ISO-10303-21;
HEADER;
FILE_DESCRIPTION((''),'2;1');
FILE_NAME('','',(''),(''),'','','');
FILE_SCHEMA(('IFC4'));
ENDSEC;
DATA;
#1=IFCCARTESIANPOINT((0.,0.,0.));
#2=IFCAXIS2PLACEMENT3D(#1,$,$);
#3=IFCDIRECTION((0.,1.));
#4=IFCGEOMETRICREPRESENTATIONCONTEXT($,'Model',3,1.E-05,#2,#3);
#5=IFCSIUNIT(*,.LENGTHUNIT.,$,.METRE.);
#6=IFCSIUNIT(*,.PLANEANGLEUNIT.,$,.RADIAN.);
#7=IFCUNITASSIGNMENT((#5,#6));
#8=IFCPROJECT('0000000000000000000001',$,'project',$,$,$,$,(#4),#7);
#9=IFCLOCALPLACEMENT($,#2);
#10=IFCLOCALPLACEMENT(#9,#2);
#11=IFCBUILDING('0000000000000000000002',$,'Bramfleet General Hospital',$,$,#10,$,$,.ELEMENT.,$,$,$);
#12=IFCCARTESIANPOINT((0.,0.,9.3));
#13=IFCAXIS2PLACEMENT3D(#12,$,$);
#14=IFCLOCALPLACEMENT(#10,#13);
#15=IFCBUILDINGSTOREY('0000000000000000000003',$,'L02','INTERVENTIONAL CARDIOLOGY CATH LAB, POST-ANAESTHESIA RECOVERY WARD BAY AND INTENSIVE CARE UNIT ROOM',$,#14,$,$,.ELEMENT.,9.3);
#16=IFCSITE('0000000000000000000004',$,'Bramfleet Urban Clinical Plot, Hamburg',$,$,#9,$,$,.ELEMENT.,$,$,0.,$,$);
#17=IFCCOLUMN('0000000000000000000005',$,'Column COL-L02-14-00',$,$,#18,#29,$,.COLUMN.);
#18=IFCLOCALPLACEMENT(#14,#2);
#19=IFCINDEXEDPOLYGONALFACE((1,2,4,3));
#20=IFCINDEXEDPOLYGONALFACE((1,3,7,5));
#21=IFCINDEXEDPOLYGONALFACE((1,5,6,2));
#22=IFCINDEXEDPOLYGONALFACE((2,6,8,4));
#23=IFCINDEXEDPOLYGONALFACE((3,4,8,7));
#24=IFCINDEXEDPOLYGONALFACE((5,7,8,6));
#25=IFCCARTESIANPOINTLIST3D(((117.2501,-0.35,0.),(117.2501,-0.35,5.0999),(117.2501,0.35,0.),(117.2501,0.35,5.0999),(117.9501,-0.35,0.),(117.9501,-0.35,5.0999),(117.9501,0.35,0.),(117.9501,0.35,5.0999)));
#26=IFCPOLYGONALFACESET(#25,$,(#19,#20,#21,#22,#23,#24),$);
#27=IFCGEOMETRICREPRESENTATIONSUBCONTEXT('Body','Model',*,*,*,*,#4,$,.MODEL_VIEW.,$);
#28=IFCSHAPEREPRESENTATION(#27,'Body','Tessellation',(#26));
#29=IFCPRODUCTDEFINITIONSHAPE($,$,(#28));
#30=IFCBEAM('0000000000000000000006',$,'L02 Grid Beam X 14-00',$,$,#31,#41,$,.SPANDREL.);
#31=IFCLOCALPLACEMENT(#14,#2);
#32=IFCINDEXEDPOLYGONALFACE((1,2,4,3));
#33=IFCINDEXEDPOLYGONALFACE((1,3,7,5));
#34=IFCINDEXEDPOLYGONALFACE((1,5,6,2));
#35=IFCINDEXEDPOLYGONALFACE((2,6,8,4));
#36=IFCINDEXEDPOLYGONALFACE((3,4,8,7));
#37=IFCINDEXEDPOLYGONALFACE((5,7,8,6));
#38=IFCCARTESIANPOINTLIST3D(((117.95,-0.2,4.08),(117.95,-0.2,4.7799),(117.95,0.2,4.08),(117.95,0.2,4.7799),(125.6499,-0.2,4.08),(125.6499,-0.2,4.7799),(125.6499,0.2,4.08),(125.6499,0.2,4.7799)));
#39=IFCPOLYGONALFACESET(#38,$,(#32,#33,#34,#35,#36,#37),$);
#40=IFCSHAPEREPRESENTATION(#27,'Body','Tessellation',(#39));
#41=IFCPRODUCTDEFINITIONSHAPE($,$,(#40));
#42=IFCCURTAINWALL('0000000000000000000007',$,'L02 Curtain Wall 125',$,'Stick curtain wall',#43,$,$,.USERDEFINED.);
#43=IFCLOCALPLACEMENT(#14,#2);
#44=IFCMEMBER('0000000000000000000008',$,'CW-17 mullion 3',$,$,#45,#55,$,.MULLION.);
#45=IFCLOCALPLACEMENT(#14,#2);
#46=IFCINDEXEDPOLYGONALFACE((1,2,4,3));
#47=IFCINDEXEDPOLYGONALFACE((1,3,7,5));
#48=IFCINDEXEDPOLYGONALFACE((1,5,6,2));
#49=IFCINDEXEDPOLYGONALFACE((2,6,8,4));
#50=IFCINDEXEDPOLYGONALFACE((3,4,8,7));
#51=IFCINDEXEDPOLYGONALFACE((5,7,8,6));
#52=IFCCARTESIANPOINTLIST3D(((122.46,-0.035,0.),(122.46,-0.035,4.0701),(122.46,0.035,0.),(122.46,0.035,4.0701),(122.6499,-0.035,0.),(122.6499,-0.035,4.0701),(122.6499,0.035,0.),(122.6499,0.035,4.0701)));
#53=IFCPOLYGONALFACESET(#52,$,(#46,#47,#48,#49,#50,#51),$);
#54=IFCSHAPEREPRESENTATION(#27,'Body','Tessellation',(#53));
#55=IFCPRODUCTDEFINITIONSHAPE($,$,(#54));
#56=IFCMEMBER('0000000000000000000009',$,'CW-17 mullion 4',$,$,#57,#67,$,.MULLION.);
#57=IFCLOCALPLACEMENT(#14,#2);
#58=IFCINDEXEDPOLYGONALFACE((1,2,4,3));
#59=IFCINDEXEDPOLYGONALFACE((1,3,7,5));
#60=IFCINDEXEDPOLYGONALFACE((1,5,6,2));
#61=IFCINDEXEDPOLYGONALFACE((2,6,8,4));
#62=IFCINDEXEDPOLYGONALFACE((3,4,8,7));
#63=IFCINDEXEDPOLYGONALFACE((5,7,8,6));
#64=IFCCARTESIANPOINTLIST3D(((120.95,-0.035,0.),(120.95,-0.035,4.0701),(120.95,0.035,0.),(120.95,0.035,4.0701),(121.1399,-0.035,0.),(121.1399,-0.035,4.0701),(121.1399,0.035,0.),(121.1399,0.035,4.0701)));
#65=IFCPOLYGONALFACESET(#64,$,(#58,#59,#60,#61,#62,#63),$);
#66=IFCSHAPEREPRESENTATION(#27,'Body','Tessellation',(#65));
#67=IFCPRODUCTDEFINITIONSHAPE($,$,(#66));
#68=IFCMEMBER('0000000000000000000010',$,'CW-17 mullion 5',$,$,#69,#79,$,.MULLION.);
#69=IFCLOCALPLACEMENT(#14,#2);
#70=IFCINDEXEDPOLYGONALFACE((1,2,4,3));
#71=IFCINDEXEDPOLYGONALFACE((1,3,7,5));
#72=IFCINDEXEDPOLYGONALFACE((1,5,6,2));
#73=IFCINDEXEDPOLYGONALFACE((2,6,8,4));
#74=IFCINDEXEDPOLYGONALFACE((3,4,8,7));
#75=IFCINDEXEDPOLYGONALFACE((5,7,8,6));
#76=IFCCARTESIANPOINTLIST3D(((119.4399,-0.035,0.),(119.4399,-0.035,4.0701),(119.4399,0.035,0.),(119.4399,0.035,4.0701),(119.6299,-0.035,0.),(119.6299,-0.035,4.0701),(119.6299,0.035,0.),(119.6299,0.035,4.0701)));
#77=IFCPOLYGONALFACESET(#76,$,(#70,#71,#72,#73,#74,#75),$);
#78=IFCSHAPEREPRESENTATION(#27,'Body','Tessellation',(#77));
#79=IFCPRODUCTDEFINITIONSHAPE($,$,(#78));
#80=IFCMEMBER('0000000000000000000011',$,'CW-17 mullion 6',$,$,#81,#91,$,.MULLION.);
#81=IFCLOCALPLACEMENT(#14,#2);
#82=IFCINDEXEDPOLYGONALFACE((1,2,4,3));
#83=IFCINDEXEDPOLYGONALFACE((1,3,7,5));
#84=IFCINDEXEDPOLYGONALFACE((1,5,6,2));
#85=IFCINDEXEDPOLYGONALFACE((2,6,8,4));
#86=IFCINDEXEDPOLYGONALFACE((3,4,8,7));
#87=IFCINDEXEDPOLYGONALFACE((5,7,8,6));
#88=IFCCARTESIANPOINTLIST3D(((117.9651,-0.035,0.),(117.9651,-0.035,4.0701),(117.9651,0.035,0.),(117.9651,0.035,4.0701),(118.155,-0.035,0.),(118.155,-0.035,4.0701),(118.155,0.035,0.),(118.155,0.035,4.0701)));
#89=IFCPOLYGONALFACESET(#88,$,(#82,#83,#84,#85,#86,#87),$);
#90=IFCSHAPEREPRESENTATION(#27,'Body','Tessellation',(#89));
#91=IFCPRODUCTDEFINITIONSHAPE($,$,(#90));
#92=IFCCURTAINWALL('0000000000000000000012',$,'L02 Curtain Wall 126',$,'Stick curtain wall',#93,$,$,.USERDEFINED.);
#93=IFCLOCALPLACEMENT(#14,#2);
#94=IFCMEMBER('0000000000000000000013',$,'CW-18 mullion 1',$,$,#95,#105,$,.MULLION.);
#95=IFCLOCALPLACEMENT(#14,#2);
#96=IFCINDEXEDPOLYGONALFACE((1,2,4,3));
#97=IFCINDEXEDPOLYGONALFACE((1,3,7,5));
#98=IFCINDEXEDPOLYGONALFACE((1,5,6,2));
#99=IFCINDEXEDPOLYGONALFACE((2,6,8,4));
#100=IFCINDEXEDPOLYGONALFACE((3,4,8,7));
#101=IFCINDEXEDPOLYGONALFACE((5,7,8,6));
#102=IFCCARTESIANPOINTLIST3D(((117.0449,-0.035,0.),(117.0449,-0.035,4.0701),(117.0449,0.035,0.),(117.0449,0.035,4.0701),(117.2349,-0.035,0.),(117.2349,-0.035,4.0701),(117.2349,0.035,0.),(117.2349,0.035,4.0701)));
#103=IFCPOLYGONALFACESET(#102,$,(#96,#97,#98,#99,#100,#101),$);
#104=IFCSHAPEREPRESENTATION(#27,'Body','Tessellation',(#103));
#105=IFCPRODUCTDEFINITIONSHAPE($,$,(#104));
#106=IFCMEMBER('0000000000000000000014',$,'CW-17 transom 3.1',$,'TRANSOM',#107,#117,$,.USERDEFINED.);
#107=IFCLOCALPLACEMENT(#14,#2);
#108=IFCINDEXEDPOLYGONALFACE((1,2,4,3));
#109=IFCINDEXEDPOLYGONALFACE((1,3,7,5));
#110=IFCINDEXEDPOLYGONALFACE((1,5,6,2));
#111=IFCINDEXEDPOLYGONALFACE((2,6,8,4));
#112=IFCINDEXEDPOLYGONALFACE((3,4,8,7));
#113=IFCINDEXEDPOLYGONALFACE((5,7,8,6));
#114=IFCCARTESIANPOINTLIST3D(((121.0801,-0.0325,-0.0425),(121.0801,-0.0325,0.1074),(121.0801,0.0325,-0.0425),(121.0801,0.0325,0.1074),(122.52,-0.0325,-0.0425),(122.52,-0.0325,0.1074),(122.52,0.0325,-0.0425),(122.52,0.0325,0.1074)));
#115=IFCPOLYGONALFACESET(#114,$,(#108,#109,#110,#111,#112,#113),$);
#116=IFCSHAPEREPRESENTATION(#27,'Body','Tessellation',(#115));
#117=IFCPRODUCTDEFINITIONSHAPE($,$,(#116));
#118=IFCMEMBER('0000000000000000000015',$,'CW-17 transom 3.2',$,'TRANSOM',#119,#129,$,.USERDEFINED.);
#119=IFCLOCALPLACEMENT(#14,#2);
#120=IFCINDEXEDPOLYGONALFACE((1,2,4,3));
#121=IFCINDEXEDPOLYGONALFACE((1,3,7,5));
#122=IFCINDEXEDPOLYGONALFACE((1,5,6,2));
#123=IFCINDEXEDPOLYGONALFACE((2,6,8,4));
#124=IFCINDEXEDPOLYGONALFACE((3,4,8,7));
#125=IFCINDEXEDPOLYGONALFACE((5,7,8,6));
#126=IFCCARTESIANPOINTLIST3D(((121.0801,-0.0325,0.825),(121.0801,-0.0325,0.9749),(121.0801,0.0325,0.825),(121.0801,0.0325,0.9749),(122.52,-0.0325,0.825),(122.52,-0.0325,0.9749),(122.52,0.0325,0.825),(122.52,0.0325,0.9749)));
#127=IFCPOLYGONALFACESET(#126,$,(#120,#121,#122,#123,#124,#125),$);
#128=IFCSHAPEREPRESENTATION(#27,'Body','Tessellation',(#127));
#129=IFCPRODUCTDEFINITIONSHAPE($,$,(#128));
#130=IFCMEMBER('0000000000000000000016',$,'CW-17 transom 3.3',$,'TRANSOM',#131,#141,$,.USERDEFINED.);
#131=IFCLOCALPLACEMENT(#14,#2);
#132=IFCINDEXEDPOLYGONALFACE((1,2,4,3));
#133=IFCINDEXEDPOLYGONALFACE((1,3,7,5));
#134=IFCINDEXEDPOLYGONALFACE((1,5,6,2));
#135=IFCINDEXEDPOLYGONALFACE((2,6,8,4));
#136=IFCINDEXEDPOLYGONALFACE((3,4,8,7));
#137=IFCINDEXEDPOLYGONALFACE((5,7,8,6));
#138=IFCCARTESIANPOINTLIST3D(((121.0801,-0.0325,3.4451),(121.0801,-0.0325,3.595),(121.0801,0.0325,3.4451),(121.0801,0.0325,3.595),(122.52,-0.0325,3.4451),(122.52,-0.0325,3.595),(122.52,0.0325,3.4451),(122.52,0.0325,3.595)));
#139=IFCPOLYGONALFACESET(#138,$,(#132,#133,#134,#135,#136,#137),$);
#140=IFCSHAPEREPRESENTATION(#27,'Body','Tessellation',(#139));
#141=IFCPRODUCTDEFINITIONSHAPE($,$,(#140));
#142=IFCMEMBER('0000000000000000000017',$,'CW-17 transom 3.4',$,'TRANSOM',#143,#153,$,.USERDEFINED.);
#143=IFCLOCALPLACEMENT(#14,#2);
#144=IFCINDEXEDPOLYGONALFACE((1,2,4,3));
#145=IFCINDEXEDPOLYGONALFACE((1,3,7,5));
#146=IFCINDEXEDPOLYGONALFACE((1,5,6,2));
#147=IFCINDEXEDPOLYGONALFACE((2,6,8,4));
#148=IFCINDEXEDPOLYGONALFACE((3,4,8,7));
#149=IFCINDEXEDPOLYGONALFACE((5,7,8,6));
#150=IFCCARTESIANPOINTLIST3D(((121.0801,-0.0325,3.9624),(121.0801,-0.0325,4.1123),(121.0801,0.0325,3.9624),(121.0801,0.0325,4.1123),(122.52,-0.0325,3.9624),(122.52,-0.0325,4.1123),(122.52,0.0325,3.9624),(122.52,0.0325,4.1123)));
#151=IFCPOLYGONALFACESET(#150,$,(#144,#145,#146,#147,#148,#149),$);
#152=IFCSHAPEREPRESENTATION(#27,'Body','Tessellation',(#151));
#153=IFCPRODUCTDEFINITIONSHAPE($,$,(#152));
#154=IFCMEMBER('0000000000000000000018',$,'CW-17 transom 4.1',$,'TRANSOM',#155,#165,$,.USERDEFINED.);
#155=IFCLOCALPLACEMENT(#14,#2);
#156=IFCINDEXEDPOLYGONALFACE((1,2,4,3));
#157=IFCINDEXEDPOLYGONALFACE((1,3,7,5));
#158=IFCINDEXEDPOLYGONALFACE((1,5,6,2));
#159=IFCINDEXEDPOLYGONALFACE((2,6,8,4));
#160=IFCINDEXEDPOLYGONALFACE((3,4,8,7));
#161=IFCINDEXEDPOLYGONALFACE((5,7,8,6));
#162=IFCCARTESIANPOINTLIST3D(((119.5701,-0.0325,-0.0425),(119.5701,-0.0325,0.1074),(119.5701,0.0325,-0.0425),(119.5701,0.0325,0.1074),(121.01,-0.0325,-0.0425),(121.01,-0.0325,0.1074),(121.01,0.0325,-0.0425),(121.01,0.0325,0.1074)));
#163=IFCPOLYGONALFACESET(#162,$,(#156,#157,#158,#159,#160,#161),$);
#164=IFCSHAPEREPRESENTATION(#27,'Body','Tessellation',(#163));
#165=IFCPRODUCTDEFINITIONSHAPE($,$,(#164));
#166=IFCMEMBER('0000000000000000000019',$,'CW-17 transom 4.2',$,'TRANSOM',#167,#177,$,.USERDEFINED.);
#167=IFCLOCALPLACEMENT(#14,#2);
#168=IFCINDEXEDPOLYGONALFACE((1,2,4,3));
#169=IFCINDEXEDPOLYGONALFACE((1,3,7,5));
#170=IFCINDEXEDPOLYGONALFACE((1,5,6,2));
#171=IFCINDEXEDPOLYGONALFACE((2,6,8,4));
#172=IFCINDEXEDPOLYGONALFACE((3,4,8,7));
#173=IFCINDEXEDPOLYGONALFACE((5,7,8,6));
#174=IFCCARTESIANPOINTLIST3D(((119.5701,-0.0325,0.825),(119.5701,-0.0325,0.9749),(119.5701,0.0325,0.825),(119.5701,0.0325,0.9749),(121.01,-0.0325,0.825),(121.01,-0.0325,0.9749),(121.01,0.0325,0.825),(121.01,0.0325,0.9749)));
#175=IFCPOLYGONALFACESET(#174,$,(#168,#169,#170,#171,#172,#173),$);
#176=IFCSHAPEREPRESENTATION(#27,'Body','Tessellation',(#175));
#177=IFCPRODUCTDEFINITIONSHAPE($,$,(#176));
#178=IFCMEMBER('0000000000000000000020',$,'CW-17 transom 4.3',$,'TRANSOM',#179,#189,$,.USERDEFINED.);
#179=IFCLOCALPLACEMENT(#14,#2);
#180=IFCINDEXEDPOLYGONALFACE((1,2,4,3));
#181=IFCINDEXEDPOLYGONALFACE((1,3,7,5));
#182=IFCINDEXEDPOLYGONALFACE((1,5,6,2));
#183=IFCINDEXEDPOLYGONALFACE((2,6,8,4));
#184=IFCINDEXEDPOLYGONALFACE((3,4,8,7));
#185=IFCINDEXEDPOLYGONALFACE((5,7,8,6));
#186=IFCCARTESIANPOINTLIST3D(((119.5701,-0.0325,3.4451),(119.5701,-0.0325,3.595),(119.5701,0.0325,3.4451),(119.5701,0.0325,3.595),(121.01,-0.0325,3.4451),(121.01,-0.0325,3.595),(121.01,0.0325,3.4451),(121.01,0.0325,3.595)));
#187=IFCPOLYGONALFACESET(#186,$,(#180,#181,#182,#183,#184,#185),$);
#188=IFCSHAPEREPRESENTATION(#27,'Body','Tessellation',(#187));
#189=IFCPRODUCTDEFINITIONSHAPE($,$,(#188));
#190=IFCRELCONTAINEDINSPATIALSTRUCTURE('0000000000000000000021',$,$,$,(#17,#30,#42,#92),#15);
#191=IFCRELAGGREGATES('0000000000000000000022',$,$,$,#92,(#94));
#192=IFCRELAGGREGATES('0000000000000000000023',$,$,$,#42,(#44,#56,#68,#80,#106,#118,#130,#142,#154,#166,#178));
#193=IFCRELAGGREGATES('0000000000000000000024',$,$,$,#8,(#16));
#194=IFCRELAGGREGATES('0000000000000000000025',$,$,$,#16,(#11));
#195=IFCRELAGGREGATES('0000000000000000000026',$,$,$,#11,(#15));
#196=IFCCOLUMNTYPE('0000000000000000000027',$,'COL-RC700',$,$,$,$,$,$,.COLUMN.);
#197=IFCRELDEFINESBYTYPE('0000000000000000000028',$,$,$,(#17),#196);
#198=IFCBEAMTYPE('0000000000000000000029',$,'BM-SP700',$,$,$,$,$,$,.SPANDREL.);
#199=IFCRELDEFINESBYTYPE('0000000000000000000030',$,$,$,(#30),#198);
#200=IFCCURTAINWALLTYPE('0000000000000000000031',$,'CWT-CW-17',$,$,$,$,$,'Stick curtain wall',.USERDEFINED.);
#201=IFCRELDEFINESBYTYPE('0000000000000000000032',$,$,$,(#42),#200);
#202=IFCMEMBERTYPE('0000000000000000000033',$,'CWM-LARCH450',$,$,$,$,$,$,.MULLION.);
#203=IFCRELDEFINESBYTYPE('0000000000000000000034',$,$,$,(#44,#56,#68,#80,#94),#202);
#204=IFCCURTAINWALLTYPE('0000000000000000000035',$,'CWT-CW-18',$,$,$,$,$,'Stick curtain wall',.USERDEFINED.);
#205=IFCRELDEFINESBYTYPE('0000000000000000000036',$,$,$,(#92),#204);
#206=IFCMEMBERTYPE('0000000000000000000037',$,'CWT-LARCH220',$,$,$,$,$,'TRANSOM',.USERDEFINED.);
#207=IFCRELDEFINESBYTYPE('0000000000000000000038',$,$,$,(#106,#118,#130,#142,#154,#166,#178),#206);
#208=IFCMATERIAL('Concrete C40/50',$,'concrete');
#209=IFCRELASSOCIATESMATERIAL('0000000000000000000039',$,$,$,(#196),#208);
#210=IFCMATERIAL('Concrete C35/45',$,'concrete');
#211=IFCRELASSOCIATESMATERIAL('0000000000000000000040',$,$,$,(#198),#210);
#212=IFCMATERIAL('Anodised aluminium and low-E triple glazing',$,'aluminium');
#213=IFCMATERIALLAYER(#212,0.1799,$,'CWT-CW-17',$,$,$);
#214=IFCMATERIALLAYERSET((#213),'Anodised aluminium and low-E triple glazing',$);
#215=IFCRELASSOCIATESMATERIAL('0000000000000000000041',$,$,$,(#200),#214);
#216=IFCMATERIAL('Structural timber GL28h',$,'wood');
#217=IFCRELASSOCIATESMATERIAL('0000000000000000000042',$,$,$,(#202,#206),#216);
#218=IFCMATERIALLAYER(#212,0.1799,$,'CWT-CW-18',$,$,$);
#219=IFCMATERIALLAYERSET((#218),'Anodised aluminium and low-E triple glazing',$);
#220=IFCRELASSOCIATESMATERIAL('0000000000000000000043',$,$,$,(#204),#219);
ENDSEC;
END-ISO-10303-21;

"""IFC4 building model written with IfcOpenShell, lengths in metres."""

from ifc_helpers import new_model, si_unit, direction, frame, origin, origin_2d, place, context, subcontext, project, spatial, rectangle, extrude, material, layer, layer_set, material_profile, profile_set, type_object, element, aggregate, save


model = new_model("IFC4")

# Units and contexts
model_context = context("Model", 3, precision=1e-05, world=origin(), true_north=direction((0.0, 1.0)))
body_context = subcontext(model_context, "Body", "Model", "MODEL_VIEW")
ifc_project = project(units=[si_unit("LENGTHUNIT", "METRE"), si_unit("PLANEANGLEUNIT", "RADIAN")], contexts=[model_context])

# Site, building, storey
site_placement = place(None, origin())
site = spatial("IfcSite", under=ifc_project, at=site_placement, Name="Bramfleet Urban Clinical Plot, Hamburg", CompositionType="ELEMENT", RefElevation=0.0)
building_placement = place(site_placement, origin())
building = spatial("IfcBuilding", under=site, at=building_placement, Name="Bramfleet General Hospital", CompositionType="ELEMENT")
storey_placement = place(building_placement, frame((0.0, 0.0, 9.3)))
storey = spatial("IfcBuildingStorey", under=building, at=storey_placement, Name="L02", Description="INTERVENTIONAL CARDIOLOGY CATH LAB, POST-ANAESTHESIA RECOVERY WARD BAY AND INTENSIVE CARE UNIT ROOM", CompositionType="ELEMENT", Elevation=9.3)

# Column
ifc_material_1 = material(Name="Concrete C40/50", Category="concrete")
ifc_material_profile_1 = material_profile(ifc_material_1, rectangle(XDim=0.7, YDim=0.7, at=origin_2d()), Name="RC COL 700x700")
ifc_profile_set_1 = profile_set([ifc_material_profile_1], Name="Concrete C40/50")
column_type = type_object("IfcColumnType", Name="COL-RC700", PredefinedType="COLUMN", material=ifc_profile_set_1)
column_placement = place(storey_placement, frame((117.6001, 0.0, 0.0), z_axis=(0.0, 0.0, 1.0), x_axis=(1.0, 0.0, 0.0)))
element("IfcColumn", 1, at=column_placement, inside=storey, type_object=column_type, Name="Column COL-L02-14-00", PredefinedType="COLUMN", context=body_context, shape_type="SweptSolid", body=[
    extrude(rectangle(XDim=0.7, YDim=0.7, at=origin_2d()), origin(), (0.0, 0.0, 1.0), 5.0999),
])

# Beam
ifc_material_2 = material(Name="Concrete C35/45", Category="concrete")
ifc_material_profile_2 = material_profile(ifc_material_2, rectangle(XDim=0.3999, YDim=0.7, at=origin_2d()), Name="RC SP 700x400")
ifc_profile_set_2 = profile_set([ifc_material_profile_2], Name="Concrete C35/45")
beam_type = type_object("IfcBeamType", Name="BM-SP700", PredefinedType="SPANDREL", material=ifc_profile_set_2)
beam_placement = place(storey_placement, frame((117.95, 0.0, 4.4299), z_axis=(1.0, 0.0, 0.0), x_axis=(0.0, 1.0, 0.0)))
element("IfcBeam", 2, at=beam_placement, inside=storey, type_object=beam_type, Name="L02 Grid Beam X 14-00", PredefinedType="SPANDREL", context=body_context, shape_type="SweptSolid", body=[
    extrude(rectangle(XDim=0.3999, YDim=0.7, at=origin_2d()), origin(), (0.0, 0.0, 1.0), 7.7),
])

# Curtain wall, members
ifc_material_3 = material(Name="Anodised aluminium and low-E triple glazing", Category="aluminium")
ifc_layer_1 = layer(ifc_material_3, 0.1799, Name="CWT-CW-17")
ifc_layer_set_1 = layer_set([ifc_layer_1], Name="Anodised aluminium and low-E triple glazing")
curtain_wall_type_1 = type_object("IfcCurtainWallType", Name="CWT-CW-17", ElementType="Stick curtain wall", PredefinedType="USERDEFINED", material=ifc_layer_set_1)
curtain_wall_1_placement = place(storey_placement, origin())
curtain_wall_1 = element("IfcCurtainWall", 3, at=curtain_wall_1_placement, inside=storey, type_object=curtain_wall_type_1, Name="L02 Curtain Wall 125", ObjectType="Stick curtain wall", PredefinedType="USERDEFINED")
ifc_material_4 = material(Name="Structural timber GL28h", Category="wood")
ifc_material_profile_3 = material_profile(ifc_material_4, rectangle(XDim=0.0701, YDim=0.1899, at=origin_2d()), Name="LARCH 190x70")
ifc_profile_set_3 = profile_set([ifc_material_profile_3], Name="Structural timber GL28h")
member_type_1 = type_object("IfcMemberType", Name="CWM-LARCH450", PredefinedType="MULLION", material=ifc_profile_set_3)
member_1_placement = place(storey_placement, frame((122.5549, 0.0, 0.0), z_axis=(0.0, 0.0, 1.0), x_axis=(0.0, -1.0, 0.0)))
member_1 = element("IfcMember", 4, at=member_1_placement, type_object=member_type_1, Name="CW-17 mullion 3", PredefinedType="MULLION", context=body_context, shape_type="SweptSolid", body=[
    extrude(rectangle(XDim=0.0701, YDim=0.1899, at=origin_2d()), origin(), (0.0, 0.0, 1.0), 4.0701),
])
member_2_placement = place(storey_placement, frame((121.0449, 0.0, 0.0), z_axis=(0.0, 0.0, 1.0), x_axis=(0.0, -1.0, 0.0)))
member_2 = element("IfcMember", 5, at=member_2_placement, type_object=member_type_1, Name="CW-17 mullion 4", PredefinedType="MULLION", context=body_context, shape_type="SweptSolid", body=[
    extrude(rectangle(XDim=0.0701, YDim=0.1899, at=origin_2d()), origin(), (0.0, 0.0, 1.0), 4.0701),
])
member_3_placement = place(storey_placement, frame((119.5349, 0.0, 0.0), z_axis=(0.0, 0.0, 1.0), x_axis=(0.0, -1.0, 0.0)))
member_3 = element("IfcMember", 6, at=member_3_placement, type_object=member_type_1, Name="CW-17 mullion 5", PredefinedType="MULLION", context=body_context, shape_type="SweptSolid", body=[
    extrude(rectangle(XDim=0.0701, YDim=0.1899, at=origin_2d()), origin(), (0.0, 0.0, 1.0), 4.0701),
])
member_4_placement = place(storey_placement, frame((118.0601, 0.0, 0.0), z_axis=(0.0, 0.0, 1.0), x_axis=(0.0, -1.0, 0.0)))
member_4 = element("IfcMember", 7, at=member_4_placement, type_object=member_type_1, Name="CW-17 mullion 6", PredefinedType="MULLION", context=body_context, shape_type="SweptSolid", body=[
    extrude(rectangle(XDim=0.0701, YDim=0.1899, at=origin_2d()), origin(), (0.0, 0.0, 1.0), 4.0701),
])

# Curtain wall, member
ifc_layer_2 = layer(ifc_material_3, 0.1799, Name="CWT-CW-18")
ifc_layer_set_2 = layer_set([ifc_layer_2], Name="Anodised aluminium and low-E triple glazing")
curtain_wall_type_2 = type_object("IfcCurtainWallType", Name="CWT-CW-18", ElementType="Stick curtain wall", PredefinedType="USERDEFINED", material=ifc_layer_set_2)
curtain_wall_2_placement = place(storey_placement, origin())
curtain_wall_2 = element("IfcCurtainWall", 8, at=curtain_wall_2_placement, inside=storey, type_object=curtain_wall_type_2, Name="L02 Curtain Wall 126", ObjectType="Stick curtain wall", PredefinedType="USERDEFINED")
member_5_placement = place(storey_placement, frame((117.1399, 0.0, 0.0), z_axis=(0.0, 0.0, 1.0), x_axis=(0.0, -1.0, 0.0)))
member_5 = element("IfcMember", 9, at=member_5_placement, type_object=member_type_1, Name="CW-18 mullion 1", PredefinedType="MULLION", context=body_context, shape_type="SweptSolid", body=[
    extrude(rectangle(XDim=0.0701, YDim=0.1899, at=origin_2d()), origin(), (0.0, 0.0, 1.0), 4.0701),
])

# Members
ifc_material_profile_4 = material_profile(ifc_material_4, rectangle(XDim=0.0649, YDim=0.1499, at=origin_2d()), Name="LARCH 150x65")
ifc_profile_set_4 = profile_set([ifc_material_profile_4], Name="Structural timber GL28h")
member_type_2 = type_object("IfcMemberType", Name="CWT-LARCH220", ElementType="TRANSOM", PredefinedType="USERDEFINED", material=ifc_profile_set_4)
member_6_placement = place(storey_placement, frame((122.52, 0.0, 0.0325), z_axis=(-1.0, 0.0, 0.0), x_axis=(0.0, -1.0, 0.0)))
member_6 = element("IfcMember", 10, at=member_6_placement, type_object=member_type_2, Name="CW-17 transom 3.1", ObjectType="TRANSOM", PredefinedType="USERDEFINED", context=body_context, shape_type="SweptSolid", body=[
    extrude(rectangle(XDim=0.0649, YDim=0.1499, at=origin_2d()), origin(), (0.0, 0.0, 1.0), 1.4399),
])
member_7_placement = place(storey_placement, frame((122.52, 0.0, 0.8999), z_axis=(-1.0, 0.0, 0.0), x_axis=(0.0, -1.0, 0.0)))
member_7 = element("IfcMember", 11, at=member_7_placement, type_object=member_type_2, Name="CW-17 transom 3.2", ObjectType="TRANSOM", PredefinedType="USERDEFINED", context=body_context, shape_type="SweptSolid", body=[
    extrude(rectangle(XDim=0.0649, YDim=0.1499, at=origin_2d()), origin(), (0.0, 0.0, 1.0), 1.4399),
])
member_8_placement = place(storey_placement, frame((122.52, 0.0, 3.52), z_axis=(-1.0, 0.0, 0.0), x_axis=(0.0, -1.0, 0.0)))
member_8 = element("IfcMember", 12, at=member_8_placement, type_object=member_type_2, Name="CW-17 transom 3.3", ObjectType="TRANSOM", PredefinedType="USERDEFINED", context=body_context, shape_type="SweptSolid", body=[
    extrude(rectangle(XDim=0.0649, YDim=0.1499, at=origin_2d()), origin(), (0.0, 0.0, 1.0), 1.4399),
])
member_9_placement = place(storey_placement, frame((122.52, 0.0, 4.0374), z_axis=(-1.0, 0.0, 0.0), x_axis=(0.0, -1.0, 0.0)))
member_9 = element("IfcMember", 13, at=member_9_placement, type_object=member_type_2, Name="CW-17 transom 3.4", ObjectType="TRANSOM", PredefinedType="USERDEFINED", context=body_context, shape_type="SweptSolid", body=[
    extrude(rectangle(XDim=0.0649, YDim=0.1499, at=origin_2d()), origin(), (0.0, 0.0, 1.0), 1.4399),
])
member_10_placement = place(storey_placement, frame((121.01, 0.0, 0.0325), z_axis=(-1.0, 0.0, 0.0), x_axis=(0.0, -1.0, 0.0)))
member_10 = element("IfcMember", 14, at=member_10_placement, type_object=member_type_2, Name="CW-17 transom 4.1", ObjectType="TRANSOM", PredefinedType="USERDEFINED", context=body_context, shape_type="SweptSolid", body=[
    extrude(rectangle(XDim=0.0649, YDim=0.1499, at=origin_2d()), origin(), (0.0, 0.0, 1.0), 1.4399),
])
member_11_placement = place(storey_placement, frame((121.01, 0.0, 0.8999), z_axis=(-1.0, 0.0, 0.0), x_axis=(0.0, -1.0, 0.0)))
member_11 = element("IfcMember", 15, at=member_11_placement, type_object=member_type_2, Name="CW-17 transom 4.2", ObjectType="TRANSOM", PredefinedType="USERDEFINED", context=body_context, shape_type="SweptSolid", body=[
    extrude(rectangle(XDim=0.0649, YDim=0.1499, at=origin_2d()), origin(), (0.0, 0.0, 1.0), 1.4399),
])
member_12_placement = place(storey_placement, frame((121.01, 0.0, 3.52), z_axis=(-1.0, 0.0, 0.0), x_axis=(0.0, -1.0, 0.0)))
member_12 = element("IfcMember", 16, at=member_12_placement, type_object=member_type_2, Name="CW-17 transom 4.3", ObjectType="TRANSOM", PredefinedType="USERDEFINED", context=body_context, shape_type="SweptSolid", body=[
    extrude(rectangle(XDim=0.0649, YDim=0.1499, at=origin_2d()), origin(), (0.0, 0.0, 1.0), 1.4399),
])
aggregate(curtain_wall_2, [member_5])

aggregate(curtain_wall_1, [member_1, member_2, member_3, member_4, member_6, member_7, member_8, member_9, member_10, member_11, member_12])

save(model, "model.ifc")
